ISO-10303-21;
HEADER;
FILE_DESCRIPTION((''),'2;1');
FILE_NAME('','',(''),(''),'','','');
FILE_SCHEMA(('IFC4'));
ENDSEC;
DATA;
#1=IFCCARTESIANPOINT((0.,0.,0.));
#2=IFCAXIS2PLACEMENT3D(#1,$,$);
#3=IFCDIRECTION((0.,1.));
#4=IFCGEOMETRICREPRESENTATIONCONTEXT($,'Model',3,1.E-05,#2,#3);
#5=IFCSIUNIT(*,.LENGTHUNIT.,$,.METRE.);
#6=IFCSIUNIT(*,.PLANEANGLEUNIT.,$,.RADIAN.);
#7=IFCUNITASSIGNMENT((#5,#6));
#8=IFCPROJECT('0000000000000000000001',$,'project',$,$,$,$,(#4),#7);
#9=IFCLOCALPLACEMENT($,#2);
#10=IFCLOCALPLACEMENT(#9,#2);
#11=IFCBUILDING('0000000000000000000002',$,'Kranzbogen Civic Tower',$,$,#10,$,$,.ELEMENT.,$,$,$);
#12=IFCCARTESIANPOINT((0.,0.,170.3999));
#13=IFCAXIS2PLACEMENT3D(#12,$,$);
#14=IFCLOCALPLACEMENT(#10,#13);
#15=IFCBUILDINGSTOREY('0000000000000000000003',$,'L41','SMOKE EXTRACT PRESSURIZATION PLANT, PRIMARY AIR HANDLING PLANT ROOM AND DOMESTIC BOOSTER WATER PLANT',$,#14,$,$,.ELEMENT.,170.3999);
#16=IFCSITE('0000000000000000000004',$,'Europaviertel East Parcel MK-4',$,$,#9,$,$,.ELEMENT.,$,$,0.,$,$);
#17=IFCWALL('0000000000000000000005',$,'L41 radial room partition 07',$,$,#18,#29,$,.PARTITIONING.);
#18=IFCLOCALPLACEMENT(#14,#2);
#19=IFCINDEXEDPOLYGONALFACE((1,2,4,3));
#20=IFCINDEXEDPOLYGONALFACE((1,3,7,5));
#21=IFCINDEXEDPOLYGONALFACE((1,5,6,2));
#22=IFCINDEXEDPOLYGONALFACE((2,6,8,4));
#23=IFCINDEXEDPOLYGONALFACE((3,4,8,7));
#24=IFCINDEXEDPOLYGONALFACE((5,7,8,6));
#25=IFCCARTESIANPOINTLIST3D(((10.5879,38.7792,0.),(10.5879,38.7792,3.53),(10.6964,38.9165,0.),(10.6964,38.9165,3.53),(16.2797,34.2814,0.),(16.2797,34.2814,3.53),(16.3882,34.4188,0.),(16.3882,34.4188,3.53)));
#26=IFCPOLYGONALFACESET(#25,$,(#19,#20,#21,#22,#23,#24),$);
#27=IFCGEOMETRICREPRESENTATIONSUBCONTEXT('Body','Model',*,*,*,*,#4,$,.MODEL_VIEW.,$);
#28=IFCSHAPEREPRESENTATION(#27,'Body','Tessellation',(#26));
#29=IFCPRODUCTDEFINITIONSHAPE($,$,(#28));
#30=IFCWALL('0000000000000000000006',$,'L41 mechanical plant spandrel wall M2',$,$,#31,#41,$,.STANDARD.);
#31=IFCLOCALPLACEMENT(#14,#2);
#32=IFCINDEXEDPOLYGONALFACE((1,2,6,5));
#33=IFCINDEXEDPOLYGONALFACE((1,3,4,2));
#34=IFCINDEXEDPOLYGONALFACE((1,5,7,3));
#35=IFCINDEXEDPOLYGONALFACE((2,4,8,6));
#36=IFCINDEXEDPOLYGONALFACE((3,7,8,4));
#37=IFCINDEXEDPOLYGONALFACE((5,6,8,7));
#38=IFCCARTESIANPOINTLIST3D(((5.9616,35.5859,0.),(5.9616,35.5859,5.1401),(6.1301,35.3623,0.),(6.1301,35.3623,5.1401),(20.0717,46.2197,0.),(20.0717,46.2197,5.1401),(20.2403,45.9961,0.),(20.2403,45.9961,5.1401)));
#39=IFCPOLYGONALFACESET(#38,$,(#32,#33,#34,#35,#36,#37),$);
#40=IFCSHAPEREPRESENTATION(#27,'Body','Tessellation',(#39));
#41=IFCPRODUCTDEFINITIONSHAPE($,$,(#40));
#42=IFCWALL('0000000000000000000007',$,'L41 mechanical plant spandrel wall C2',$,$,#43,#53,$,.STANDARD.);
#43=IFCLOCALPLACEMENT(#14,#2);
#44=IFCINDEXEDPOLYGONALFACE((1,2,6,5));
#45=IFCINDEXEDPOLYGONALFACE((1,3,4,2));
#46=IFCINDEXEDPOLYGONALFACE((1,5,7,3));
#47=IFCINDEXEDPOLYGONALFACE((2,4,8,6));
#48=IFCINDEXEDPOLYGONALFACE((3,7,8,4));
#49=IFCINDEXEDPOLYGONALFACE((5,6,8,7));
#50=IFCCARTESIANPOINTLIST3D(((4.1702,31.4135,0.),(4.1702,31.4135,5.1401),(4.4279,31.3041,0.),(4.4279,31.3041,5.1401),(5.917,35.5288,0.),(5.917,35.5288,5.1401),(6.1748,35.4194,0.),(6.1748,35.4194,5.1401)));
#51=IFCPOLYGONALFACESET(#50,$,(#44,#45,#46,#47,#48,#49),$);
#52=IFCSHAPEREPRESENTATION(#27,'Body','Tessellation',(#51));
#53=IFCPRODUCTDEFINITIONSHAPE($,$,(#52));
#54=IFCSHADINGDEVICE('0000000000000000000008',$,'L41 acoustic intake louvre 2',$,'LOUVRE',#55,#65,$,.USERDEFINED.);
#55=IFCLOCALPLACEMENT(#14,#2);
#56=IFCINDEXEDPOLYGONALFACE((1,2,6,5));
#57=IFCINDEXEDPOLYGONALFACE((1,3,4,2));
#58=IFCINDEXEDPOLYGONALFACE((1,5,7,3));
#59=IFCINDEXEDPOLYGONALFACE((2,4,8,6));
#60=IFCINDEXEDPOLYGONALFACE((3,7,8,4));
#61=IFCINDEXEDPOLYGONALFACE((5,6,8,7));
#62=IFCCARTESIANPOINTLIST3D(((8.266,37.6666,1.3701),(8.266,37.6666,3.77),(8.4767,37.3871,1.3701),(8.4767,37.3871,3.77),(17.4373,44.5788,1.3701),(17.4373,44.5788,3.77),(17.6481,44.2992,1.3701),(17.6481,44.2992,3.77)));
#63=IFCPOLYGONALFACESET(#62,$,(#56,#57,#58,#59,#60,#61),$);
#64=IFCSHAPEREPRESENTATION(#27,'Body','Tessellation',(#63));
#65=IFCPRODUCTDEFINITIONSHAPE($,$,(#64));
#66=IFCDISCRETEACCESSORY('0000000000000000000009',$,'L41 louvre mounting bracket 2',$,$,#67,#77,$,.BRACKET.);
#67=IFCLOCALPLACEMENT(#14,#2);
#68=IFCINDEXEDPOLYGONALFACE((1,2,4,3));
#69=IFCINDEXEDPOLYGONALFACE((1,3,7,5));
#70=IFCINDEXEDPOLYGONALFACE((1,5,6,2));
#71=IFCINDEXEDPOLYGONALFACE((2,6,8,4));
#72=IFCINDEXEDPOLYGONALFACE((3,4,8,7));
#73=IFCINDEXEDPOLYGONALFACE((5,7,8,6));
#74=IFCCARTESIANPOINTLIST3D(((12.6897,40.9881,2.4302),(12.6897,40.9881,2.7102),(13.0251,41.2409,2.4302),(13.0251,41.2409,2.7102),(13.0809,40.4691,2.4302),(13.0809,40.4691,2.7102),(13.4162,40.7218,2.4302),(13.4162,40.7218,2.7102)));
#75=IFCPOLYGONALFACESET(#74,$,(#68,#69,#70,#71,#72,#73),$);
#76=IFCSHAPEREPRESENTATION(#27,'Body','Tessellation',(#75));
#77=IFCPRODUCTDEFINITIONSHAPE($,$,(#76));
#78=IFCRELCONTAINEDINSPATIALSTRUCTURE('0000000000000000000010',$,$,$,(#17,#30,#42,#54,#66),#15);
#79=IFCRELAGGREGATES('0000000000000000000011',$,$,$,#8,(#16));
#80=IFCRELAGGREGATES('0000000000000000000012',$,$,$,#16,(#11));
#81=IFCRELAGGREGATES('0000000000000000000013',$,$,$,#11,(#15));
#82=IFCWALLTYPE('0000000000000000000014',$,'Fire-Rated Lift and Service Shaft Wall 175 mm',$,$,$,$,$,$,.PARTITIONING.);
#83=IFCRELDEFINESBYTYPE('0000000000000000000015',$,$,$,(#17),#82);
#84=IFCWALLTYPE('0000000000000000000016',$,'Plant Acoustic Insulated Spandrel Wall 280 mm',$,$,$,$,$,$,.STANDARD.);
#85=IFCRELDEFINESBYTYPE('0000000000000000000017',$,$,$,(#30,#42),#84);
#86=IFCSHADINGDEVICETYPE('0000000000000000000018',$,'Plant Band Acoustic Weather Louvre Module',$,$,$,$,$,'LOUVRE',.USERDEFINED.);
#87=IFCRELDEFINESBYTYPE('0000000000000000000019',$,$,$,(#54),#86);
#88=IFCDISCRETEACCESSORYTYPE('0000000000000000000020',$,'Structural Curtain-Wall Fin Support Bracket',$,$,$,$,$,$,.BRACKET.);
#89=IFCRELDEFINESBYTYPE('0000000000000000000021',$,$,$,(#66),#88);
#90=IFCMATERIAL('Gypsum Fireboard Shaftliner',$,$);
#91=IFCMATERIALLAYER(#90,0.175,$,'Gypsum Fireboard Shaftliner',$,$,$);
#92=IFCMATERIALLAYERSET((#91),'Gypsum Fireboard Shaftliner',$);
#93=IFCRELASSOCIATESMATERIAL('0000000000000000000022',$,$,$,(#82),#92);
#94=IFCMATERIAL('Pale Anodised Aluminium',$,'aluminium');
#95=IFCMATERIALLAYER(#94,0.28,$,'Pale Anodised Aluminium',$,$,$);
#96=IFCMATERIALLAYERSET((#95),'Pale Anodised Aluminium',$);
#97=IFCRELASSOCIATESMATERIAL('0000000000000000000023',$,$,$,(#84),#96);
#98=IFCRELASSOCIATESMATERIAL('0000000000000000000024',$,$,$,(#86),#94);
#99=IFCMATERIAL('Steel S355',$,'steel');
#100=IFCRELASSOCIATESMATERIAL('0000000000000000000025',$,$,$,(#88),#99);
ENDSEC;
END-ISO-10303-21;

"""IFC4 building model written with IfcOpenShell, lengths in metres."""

from ifc_helpers import new_model, si_unit, direction, frame, frame_2d, origin, origin_2d, place, context, subcontext, project, spatial, rectangle, extrude, material, layer, layer_set, type_object, element, save


model = new_model("IFC4")

# Units and contexts
model_context = context("Model", 3, precision=1e-05, world=origin(), true_north=direction((0.0, 1.0)))
body_context = subcontext(model_context, "Body", "Model", "MODEL_VIEW")
ifc_project = project(units=[si_unit("LENGTHUNIT", "METRE"), si_unit("PLANEANGLEUNIT", "RADIAN")], contexts=[model_context])

# Site, building, storey
site_placement = place(None, origin())
site = spatial("IfcSite", under=ifc_project, at=site_placement, Name="Europaviertel East Parcel MK-4", CompositionType="ELEMENT", RefElevation=0.0)
building_placement = place(site_placement, origin())
building = spatial("IfcBuilding", under=site, at=building_placement, Name="Kranzbogen Civic Tower", CompositionType="ELEMENT")
storey_placement = place(building_placement, frame((0.0, 0.0, 170.3999)))
storey = spatial("IfcBuildingStorey", under=building, at=storey_placement, Name="L41", Description="SMOKE EXTRACT PRESSURIZATION PLANT, PRIMARY AIR HANDLING PLANT ROOM AND DOMESTIC BOOSTER WATER PLANT", CompositionType="ELEMENT", Elevation=170.3999)

# Shared definitions
ifc_material_1 = material(Name="Steel S355", Category="steel")

# Shared definitions
ifc_material_2 = material(Name="Gypsum Fireboard Shaftliner")
ifc_layer_1 = layer(ifc_material_2, 0.175, Name="Gypsum Fireboard Shaftliner")
ifc_layer_set_1 = layer_set([ifc_layer_1], Name="Gypsum Fireboard Shaftliner")
wall_type_1 = type_object("IfcWallType", Name="Fire-Rated Lift and Service Shaft Wall 175 mm", PredefinedType="PARTITIONING", material=ifc_layer_set_1)

# Walls
wall_1_placement = place(storey_placement, frame((16.334, 34.3501, 0.0), z_axis=(0.0, 0.0, 1.0), x_axis=(-0.784601, 0.620001, 0.0)))
element("IfcWall", 1, at=wall_1_placement, inside=storey, type_object=wall_type_1, Name="L41 radial room partition 07", PredefinedType="PARTITIONING", context=body_context, shape_type="SweptSolid", body=[
    extrude(rectangle(XDim=7.2544, YDim=0.175, at=frame_2d((3.6272, 0.0))), origin(), (0.0, 0.0, 1.0), 3.53),
])
ifc_material_3 = material(Name="Pale Anodised Aluminium", Category="aluminium")
ifc_layer_2 = layer(ifc_material_3, 0.28, Name="Pale Anodised Aluminium")
ifc_layer_set_2 = layer_set([ifc_layer_2], Name="Pale Anodised Aluminium")
wall_type_2 = type_object("IfcWallType", Name="Plant Acoustic Insulated Spandrel Wall 280 mm", PredefinedType="STANDARD", material=ifc_layer_set_2)
wall_2_placement = place(storey_placement, frame((20.156, 46.1079, 0.0), z_axis=(0.0, 0.0, 1.0), x_axis=(-0.798607, -0.601853, 0.0)))
element("IfcWall", 2, at=wall_2_placement, inside=storey, type_object=wall_type_2, Name="L41 mechanical plant spandrel wall M2", PredefinedType="STANDARD", context=body_context, shape_type="SweptSolid", body=[
    extrude(rectangle(XDim=17.6685, YDim=0.28, at=frame_2d((8.8342, 0.0))), origin(), (0.0, 0.0, 1.0), 5.1401),
])
wall_3_placement = place(storey_placement, frame((6.0459, 35.4741, 0.0), z_axis=(0.0, 0.0, 1.0), x_axis=(-0.390734, -0.920504, 0.0)))
element("IfcWall", 3, at=wall_3_placement, inside=storey, type_object=wall_type_2, Name="L41 mechanical plant spandrel wall C2", PredefinedType="STANDARD", context=body_context, shape_type="SweptSolid", body=[
    extrude(rectangle(XDim=4.4707, YDim=0.28, at=frame_2d((2.2354, 0.0))), origin(), (0.0, 0.0, 1.0), 5.1401),
])

# Shading device
shading_device_type = type_object("IfcShadingDeviceType", Name="Plant Band Acoustic Weather Louvre Module", ElementType="LOUVRE", PredefinedType="USERDEFINED", material=ifc_material_3)
shading_device_placement = place(storey_placement, frame((12.957, 40.9829, 1.3701), z_axis=(0.0, 0.0, 1.0), x_axis=(-0.798593, -0.601871, 0.0)))
element("IfcShadingDevice", 4, at=shading_device_placement, inside=storey, type_object=shading_device_type, Name="L41 acoustic intake louvre 2", ObjectType="LOUVRE", PredefinedType="USERDEFINED", context=body_context, shape_type="SweptSolid", body=[
    extrude(rectangle(XDim=11.4844, YDim=0.3501, at=origin_2d()), origin(), (0.0, 0.0, 1.0), 2.3999),
])

# Discrete accessory
discrete_accessory_type = type_object("IfcDiscreteAccessoryType", Name="Structural Curtain-Wall Fin Support Bracket", PredefinedType="BRACKET", material=ifc_material_1)
discrete_accessory_placement = place(storey_placement, frame((13.053, 40.855, 2.4302), z_axis=(0.0, 0.0, 1.0), x_axis=(-0.601815, 0.798636, 0.0)))
element("IfcDiscreteAccessory", 5, at=discrete_accessory_placement, inside=storey, type_object=discrete_accessory_type, Name="L41 louvre mounting bracket 2", PredefinedType="BRACKET", context=body_context, shape_type="SweptSolid", body=[
    extrude(rectangle(XDim=0.6499, YDim=0.4199, at=origin_2d()), origin(), (0.0, 0.0, 1.0), 0.28),
])

save(model, "model.ifc")
